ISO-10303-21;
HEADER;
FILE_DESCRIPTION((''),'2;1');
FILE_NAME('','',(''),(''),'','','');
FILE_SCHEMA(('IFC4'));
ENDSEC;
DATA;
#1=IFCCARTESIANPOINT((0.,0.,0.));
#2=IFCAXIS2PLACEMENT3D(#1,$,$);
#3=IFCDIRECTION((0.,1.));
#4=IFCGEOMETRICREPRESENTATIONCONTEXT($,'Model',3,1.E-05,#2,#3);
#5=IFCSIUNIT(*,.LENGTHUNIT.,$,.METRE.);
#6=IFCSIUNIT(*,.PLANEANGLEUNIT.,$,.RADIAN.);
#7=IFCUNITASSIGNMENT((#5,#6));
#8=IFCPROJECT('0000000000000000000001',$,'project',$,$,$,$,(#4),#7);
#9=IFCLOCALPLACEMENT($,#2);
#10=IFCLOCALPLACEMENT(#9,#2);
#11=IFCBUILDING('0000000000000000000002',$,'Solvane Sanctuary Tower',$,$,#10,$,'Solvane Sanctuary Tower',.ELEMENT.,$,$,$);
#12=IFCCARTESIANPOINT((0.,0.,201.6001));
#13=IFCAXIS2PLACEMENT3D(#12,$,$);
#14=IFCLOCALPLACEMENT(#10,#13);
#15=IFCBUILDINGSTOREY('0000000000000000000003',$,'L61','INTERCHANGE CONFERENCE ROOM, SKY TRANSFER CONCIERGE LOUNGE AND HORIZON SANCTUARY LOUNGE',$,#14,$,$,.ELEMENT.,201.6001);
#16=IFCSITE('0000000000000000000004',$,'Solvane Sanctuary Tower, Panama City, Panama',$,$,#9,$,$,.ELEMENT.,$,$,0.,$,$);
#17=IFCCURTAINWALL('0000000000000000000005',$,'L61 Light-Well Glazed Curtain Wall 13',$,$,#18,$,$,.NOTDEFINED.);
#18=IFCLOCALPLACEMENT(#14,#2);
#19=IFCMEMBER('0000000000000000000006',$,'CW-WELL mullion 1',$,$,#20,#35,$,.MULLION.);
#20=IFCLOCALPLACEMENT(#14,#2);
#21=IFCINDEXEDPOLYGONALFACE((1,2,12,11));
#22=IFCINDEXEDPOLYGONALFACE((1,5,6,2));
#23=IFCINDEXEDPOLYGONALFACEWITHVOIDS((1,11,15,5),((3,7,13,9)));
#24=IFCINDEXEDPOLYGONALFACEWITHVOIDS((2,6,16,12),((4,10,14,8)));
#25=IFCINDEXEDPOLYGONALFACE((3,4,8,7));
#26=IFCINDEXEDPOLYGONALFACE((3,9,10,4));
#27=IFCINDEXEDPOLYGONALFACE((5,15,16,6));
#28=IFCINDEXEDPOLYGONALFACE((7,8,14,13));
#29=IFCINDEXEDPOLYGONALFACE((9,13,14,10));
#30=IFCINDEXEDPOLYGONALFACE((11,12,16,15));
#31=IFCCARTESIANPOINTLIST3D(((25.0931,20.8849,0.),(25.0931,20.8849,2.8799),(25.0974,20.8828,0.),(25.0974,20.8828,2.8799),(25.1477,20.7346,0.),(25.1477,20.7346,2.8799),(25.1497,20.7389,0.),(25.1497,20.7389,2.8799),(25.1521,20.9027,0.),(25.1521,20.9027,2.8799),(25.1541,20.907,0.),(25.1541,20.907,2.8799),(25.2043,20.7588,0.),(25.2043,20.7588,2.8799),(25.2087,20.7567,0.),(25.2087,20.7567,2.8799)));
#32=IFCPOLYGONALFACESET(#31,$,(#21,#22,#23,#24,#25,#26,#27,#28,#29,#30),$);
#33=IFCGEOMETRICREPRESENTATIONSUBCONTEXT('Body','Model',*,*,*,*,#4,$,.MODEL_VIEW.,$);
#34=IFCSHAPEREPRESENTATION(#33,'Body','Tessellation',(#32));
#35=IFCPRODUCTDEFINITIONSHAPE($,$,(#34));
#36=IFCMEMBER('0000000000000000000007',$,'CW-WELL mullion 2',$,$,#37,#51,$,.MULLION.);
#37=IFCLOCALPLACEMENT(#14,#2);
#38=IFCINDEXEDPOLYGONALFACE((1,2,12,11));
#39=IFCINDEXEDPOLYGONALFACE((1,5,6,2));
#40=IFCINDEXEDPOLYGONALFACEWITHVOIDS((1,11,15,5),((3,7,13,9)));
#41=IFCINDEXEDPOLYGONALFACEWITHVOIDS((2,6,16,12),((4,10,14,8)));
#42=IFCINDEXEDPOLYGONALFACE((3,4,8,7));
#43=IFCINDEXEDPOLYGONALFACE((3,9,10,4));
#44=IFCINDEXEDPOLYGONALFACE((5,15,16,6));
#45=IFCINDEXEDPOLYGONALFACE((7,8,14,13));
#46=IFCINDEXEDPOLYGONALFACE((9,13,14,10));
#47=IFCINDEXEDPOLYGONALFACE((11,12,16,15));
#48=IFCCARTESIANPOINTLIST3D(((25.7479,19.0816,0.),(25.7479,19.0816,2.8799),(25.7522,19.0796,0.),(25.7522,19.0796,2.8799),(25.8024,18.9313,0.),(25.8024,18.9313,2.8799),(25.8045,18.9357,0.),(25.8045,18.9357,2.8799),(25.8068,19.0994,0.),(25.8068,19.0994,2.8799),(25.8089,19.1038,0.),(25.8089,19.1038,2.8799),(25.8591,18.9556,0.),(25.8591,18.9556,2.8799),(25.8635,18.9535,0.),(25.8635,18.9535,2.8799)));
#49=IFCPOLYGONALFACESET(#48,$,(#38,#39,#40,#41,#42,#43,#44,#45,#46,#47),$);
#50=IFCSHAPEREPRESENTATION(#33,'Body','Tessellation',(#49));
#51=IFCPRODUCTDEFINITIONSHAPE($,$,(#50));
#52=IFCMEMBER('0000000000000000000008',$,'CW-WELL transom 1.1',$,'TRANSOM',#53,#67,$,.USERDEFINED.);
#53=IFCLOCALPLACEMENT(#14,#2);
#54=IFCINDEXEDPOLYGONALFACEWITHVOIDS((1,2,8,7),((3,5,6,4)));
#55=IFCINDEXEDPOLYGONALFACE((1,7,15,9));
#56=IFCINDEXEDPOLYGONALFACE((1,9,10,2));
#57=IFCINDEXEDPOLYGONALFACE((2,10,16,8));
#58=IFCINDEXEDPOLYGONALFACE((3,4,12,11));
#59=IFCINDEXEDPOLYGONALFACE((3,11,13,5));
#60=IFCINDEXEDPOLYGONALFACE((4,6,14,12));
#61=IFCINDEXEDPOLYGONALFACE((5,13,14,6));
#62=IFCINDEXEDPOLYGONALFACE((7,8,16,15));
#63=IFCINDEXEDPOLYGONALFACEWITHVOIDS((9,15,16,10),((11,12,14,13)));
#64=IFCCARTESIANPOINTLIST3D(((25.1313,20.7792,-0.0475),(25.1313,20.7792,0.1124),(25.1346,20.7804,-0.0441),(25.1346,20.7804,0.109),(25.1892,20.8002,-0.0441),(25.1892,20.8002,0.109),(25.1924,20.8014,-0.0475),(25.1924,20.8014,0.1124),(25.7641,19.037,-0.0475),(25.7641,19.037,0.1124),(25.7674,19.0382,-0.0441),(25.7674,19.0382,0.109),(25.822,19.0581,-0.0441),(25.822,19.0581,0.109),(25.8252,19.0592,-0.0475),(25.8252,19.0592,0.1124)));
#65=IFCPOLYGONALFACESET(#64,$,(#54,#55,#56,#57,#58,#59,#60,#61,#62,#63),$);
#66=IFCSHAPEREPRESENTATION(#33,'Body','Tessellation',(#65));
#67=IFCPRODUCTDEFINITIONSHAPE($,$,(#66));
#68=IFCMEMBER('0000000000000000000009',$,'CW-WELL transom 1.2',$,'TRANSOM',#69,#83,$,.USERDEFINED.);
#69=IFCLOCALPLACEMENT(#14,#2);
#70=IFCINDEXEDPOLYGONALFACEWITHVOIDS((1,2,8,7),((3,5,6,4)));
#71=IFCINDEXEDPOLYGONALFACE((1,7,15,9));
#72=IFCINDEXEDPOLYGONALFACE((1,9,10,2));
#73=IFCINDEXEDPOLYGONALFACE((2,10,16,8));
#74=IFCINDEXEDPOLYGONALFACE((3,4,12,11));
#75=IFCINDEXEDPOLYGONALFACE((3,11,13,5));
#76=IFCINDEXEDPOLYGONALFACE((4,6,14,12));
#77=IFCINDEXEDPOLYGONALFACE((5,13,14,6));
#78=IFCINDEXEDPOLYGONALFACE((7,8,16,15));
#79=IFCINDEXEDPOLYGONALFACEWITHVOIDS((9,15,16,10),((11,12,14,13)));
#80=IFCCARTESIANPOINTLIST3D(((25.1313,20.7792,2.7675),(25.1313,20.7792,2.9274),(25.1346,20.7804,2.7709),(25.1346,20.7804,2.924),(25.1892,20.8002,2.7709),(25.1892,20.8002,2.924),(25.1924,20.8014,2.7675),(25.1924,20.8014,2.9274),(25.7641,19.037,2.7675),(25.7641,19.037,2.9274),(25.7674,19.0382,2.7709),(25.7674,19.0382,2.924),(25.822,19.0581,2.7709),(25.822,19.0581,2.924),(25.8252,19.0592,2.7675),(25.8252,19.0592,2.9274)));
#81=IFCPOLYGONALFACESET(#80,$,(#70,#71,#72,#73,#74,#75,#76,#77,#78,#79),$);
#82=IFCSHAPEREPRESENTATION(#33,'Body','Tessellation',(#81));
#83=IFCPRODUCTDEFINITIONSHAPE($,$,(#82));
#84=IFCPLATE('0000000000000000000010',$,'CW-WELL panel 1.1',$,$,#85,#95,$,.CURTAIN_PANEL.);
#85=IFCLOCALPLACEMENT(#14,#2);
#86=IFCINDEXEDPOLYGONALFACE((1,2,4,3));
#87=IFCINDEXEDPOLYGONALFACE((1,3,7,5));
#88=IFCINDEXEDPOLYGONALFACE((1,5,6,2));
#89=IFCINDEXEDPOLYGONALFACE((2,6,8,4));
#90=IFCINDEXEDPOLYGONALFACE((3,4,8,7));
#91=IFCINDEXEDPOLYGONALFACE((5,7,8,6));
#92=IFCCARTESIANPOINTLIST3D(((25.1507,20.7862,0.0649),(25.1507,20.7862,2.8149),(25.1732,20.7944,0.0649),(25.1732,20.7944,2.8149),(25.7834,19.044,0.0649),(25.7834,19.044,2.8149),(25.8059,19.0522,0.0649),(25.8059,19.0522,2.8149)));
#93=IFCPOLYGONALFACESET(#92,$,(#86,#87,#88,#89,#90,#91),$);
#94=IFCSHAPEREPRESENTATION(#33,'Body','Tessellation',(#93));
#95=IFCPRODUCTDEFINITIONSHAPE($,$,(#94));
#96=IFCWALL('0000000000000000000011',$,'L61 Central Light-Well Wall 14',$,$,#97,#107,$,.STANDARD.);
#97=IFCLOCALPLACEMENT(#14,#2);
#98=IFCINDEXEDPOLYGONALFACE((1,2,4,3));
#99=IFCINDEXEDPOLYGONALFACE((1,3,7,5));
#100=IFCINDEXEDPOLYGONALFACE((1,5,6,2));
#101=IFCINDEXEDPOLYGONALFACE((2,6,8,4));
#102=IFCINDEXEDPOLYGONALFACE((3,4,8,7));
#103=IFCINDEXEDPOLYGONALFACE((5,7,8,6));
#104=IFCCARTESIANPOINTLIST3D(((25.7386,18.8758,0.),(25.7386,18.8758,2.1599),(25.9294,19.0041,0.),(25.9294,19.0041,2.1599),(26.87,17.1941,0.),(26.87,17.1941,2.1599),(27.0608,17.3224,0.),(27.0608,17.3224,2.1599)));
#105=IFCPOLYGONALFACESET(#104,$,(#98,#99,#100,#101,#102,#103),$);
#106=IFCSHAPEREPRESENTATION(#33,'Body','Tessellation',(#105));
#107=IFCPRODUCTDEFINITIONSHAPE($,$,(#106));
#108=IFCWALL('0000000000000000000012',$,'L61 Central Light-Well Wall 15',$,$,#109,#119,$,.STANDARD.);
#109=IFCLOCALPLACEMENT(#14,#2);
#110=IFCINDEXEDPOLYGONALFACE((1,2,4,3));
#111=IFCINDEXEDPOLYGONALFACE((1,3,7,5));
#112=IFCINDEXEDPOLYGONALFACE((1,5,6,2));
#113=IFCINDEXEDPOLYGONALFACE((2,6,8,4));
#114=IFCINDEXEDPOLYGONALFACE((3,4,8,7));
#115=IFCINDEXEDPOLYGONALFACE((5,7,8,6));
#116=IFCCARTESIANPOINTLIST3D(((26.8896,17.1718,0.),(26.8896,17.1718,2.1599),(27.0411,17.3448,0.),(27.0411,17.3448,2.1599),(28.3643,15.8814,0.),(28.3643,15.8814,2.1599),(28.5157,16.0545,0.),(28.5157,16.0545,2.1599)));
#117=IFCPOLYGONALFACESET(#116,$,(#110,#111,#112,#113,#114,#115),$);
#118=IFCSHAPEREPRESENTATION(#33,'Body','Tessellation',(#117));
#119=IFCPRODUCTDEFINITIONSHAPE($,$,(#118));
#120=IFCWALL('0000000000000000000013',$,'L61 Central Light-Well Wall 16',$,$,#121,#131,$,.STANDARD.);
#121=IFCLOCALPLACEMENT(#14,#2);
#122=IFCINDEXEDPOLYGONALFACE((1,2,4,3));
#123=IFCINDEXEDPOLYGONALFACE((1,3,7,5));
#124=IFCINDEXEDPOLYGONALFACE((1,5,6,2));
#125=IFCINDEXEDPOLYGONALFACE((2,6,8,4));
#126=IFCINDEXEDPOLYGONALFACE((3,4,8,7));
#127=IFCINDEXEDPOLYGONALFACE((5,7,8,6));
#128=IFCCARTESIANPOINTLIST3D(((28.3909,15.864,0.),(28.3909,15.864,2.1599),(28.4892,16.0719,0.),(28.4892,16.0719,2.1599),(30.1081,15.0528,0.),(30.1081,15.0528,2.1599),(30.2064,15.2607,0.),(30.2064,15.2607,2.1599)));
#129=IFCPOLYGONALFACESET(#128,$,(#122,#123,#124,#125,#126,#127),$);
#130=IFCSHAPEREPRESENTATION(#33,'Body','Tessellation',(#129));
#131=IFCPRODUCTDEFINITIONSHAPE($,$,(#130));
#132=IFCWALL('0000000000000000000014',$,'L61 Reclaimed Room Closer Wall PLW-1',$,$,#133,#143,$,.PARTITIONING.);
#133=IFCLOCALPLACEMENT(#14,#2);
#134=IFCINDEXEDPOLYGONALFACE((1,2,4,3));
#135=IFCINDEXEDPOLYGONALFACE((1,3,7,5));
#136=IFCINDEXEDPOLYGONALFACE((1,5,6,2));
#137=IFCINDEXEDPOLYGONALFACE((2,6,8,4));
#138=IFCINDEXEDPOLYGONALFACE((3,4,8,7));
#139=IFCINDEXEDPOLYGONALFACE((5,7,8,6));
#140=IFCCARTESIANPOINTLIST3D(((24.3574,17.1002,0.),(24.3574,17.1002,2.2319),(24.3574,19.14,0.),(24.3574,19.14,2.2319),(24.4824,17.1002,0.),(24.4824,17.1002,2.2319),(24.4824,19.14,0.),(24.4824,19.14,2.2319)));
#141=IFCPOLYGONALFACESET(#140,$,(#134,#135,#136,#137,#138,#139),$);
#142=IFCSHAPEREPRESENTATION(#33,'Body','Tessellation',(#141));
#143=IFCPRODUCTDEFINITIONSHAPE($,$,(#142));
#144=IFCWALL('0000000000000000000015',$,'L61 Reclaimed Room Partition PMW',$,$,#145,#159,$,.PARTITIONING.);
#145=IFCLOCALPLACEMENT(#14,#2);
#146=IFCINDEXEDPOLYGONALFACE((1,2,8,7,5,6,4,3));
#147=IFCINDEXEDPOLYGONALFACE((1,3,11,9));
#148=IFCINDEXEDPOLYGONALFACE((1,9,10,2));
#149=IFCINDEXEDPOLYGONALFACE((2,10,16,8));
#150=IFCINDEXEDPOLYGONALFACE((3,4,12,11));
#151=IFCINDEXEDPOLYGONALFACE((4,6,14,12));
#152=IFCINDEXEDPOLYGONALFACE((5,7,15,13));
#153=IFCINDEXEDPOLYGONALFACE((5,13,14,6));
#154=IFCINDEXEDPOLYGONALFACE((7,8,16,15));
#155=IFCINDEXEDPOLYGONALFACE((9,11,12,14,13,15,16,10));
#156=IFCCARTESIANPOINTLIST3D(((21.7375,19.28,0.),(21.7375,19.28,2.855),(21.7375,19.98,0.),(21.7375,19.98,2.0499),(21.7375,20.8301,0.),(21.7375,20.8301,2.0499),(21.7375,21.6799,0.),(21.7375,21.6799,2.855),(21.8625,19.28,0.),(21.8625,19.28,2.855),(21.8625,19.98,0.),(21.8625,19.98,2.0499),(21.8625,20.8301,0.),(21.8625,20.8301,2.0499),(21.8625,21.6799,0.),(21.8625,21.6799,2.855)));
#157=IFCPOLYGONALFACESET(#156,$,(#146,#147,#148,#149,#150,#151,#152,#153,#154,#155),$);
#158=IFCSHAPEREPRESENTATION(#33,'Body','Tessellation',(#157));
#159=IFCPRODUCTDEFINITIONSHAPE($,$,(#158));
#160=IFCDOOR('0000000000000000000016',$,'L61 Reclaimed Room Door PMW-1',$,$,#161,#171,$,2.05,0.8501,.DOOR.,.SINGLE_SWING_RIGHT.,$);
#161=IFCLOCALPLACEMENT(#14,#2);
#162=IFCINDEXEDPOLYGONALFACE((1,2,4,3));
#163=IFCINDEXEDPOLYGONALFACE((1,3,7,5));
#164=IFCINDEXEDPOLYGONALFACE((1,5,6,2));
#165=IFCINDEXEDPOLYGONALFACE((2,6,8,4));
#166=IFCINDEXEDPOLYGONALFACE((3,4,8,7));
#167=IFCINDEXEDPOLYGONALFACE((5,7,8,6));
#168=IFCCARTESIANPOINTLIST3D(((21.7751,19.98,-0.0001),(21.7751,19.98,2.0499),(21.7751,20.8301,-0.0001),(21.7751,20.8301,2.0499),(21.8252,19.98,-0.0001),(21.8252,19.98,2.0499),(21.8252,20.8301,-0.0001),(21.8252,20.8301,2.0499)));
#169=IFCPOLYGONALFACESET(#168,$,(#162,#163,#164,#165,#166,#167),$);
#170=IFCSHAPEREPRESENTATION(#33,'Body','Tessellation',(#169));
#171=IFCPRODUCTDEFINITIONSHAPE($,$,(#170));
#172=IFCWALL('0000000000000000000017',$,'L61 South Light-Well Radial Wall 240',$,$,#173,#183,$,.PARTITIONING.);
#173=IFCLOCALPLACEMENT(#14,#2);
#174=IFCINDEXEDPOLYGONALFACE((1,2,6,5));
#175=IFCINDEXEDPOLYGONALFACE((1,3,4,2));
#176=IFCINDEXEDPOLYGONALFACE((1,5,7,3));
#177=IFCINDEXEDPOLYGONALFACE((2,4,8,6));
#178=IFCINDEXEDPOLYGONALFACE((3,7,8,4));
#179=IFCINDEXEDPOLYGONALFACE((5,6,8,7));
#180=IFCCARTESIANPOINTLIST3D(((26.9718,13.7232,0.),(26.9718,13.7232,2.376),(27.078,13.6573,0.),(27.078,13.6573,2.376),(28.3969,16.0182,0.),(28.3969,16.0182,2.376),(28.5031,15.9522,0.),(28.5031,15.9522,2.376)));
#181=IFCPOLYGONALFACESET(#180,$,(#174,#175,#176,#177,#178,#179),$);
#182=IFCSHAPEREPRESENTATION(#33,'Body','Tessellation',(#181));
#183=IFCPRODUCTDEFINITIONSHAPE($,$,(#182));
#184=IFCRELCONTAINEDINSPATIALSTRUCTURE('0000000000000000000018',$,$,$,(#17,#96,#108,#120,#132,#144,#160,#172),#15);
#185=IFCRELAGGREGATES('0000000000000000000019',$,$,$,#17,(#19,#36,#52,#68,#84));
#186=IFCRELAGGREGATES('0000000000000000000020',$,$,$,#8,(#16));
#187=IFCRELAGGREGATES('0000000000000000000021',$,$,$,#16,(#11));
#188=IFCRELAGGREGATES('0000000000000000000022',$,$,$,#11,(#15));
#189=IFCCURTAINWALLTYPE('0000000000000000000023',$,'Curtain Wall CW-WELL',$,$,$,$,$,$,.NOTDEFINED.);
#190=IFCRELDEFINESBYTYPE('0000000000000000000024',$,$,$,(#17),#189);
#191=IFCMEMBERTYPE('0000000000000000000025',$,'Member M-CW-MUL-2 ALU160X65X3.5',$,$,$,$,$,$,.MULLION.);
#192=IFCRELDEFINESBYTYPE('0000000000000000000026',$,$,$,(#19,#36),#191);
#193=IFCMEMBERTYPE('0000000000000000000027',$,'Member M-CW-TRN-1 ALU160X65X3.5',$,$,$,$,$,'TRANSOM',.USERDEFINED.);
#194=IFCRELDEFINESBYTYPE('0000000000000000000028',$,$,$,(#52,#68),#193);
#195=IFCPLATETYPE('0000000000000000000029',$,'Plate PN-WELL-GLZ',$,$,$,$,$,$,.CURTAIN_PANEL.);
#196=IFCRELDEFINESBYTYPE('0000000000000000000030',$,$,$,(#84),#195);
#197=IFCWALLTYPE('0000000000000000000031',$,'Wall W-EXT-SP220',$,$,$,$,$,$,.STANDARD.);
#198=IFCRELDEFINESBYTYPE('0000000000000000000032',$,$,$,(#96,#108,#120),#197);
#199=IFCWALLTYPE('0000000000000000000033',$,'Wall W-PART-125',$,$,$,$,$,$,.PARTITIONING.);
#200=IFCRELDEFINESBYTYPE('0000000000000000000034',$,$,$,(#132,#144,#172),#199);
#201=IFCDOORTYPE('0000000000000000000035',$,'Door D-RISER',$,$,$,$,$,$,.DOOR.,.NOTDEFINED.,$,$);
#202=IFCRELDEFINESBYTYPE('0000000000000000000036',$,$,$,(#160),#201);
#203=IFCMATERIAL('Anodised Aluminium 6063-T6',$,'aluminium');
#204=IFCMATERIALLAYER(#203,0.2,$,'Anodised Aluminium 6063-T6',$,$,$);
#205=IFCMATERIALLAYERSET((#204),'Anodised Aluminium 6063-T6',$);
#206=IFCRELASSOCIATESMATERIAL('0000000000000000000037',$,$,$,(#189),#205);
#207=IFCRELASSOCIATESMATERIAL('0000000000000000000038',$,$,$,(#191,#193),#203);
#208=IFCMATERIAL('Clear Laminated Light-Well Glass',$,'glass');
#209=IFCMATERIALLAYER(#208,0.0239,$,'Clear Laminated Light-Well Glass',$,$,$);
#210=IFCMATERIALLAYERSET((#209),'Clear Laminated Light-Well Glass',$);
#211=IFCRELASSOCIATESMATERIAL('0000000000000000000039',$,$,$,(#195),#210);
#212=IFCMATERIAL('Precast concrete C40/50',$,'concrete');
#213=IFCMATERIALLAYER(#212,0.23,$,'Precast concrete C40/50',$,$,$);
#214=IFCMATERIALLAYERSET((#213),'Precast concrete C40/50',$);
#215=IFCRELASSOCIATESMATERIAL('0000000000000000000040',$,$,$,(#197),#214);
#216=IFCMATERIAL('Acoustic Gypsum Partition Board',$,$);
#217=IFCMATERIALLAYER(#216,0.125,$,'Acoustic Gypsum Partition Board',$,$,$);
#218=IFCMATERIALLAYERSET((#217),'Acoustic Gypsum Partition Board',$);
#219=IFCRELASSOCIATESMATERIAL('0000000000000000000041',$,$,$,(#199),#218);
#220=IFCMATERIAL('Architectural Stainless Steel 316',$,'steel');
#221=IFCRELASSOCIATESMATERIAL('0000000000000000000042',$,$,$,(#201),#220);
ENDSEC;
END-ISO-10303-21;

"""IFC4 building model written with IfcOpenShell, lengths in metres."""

from ifc_helpers import new_model, si_unit, direction, frame, frame_2d, origin, origin_2d, place, context, subcontext, project, spatial, rectangle, hollow_rectangle, extrude, material, layer, layer_set, material_profile, profile_set, type_object, element, fill, aggregate, save


model = new_model("IFC4")

# Units and contexts
model_context = context("Model", 3, precision=1e-05, world=origin(), true_north=direction((0.0, 1.0)))
body_context = subcontext(model_context, "Body", "Model", "MODEL_VIEW")
ifc_project = project(units=[si_unit("LENGTHUNIT", "METRE"), si_unit("PLANEANGLEUNIT", "RADIAN")], contexts=[model_context])

# Site, building, storey
site_placement = place(None, origin())
site = spatial("IfcSite", under=ifc_project, at=site_placement, Name="Solvane Sanctuary Tower, Panama City, Panama", CompositionType="ELEMENT", RefElevation=0.0)
building_placement = place(site_placement, origin())
building = spatial("IfcBuilding", under=site, at=building_placement, Name="Solvane Sanctuary Tower", LongName="Solvane Sanctuary Tower", CompositionType="ELEMENT")
storey_placement = place(building_placement, frame((0.0, 0.0, 201.6001)))
storey = spatial("IfcBuildingStorey", under=building, at=storey_placement, Name="L61", Description="INTERCHANGE CONFERENCE ROOM, SKY TRANSFER CONCIERGE LOUNGE AND HORIZON SANCTUARY LOUNGE", CompositionType="ELEMENT", Elevation=201.6001)

# Curtain wall, members, plate
ifc_material_1 = material(Name="Anodised Aluminium 6063-T6", Category="aluminium")
ifc_layer_1 = layer(ifc_material_1, 0.2, Name="Anodised Aluminium 6063-T6")
ifc_layer_set_1 = layer_set([ifc_layer_1], Name="Anodised Aluminium 6063-T6")
curtain_wall_type = type_object("IfcCurtainWallType", Name="Curtain Wall CW-WELL", PredefinedType="NOTDEFINED", material=ifc_layer_set_1)
curtain_wall_placement = place(storey_placement, origin())
curtain_wall = element("IfcCurtainWall", 1, at=curtain_wall_placement, inside=storey, type_object=curtain_wall_type, Name="L61 Light-Well Glazed Curtain Wall 13", PredefinedType="NOTDEFINED")
ifc_material_profile_1 = material_profile(ifc_material_1, hollow_rectangle(XDim=0.0649, YDim=0.1599, WallThickness=0.0034, at=origin_2d()), Name="ALU160X65X3.5")
ifc_profile_set_1 = profile_set([ifc_material_profile_1], Name="Anodised Aluminium 6063-T6")
member_type_1 = type_object("IfcMemberType", Name="Member M-CW-MUL-2 ALU160X65X3.5", PredefinedType="MULLION", material=ifc_profile_set_1)
member_1_placement = place(storey_placement, frame((25.1509, 20.8208, 0.0), z_axis=(0.0, 0.0, 1.0), x_axis=(0.939933, 0.341358, 0.0)))
member_1 = element("IfcMember", 2, at=member_1_placement, type_object=member_type_1, Name="CW-WELL mullion 1", PredefinedType="MULLION", context=body_context, shape_type="SweptSolid", body=[
    extrude(hollow_rectangle(XDim=0.0649, YDim=0.1599, WallThickness=0.0034, at=origin_2d()), origin(), (0.0, 0.0, 1.0), 2.8799),
])
member_2_placement = place(storey_placement, frame((25.8057, 19.0176, 0.0), z_axis=(0.0, 0.0, 1.0), x_axis=(0.939933, 0.341358, 0.0)))
member_2 = element("IfcMember", 3, at=member_2_placement, type_object=member_type_1, Name="CW-WELL mullion 2", PredefinedType="MULLION", context=body_context, shape_type="SweptSolid", body=[
    extrude(hollow_rectangle(XDim=0.0649, YDim=0.1599, WallThickness=0.0034, at=origin_2d()), origin(), (0.0, 0.0, 1.0), 2.8799),
])
ifc_material_profile_2 = material_profile(ifc_material_1, hollow_rectangle(XDim=0.0649, YDim=0.1599, WallThickness=0.0034, at=origin_2d()), Name="ALU160X65X3.5")
ifc_profile_set_2 = profile_set([ifc_material_profile_2], Name="Anodised Aluminium 6063-T6")
member_type_2 = type_object("IfcMemberType", Name="Member M-CW-TRN-1 ALU160X65X3.5", ElementType="TRANSOM", PredefinedType="USERDEFINED", material=ifc_profile_set_2)
member_3_placement = place(storey_placement, frame((25.1619, 20.7903, 0.0325), z_axis=(0.341405, -0.939916, 0.0), x_axis=(0.939916, 0.341405, 0.0)))
member_3 = element("IfcMember", 4, at=member_3_placement, type_object=member_type_2, Name="CW-WELL transom 1.1", ObjectType="TRANSOM", PredefinedType="USERDEFINED", context=body_context, shape_type="SweptSolid", body=[
    extrude(hollow_rectangle(XDim=0.0649, YDim=0.1599, WallThickness=0.0034, at=origin_2d()), origin(), (0.0, 0.0, 1.0), 1.8535),
])
member_4_placement = place(storey_placement, frame((25.1619, 20.7903, 2.8474), z_axis=(0.341405, -0.939916, 0.0), x_axis=(0.939916, 0.341405, 0.0)))
member_4 = element("IfcMember", 5, at=member_4_placement, type_object=member_type_2, Name="CW-WELL transom 1.2", ObjectType="TRANSOM", PredefinedType="USERDEFINED", context=body_context, shape_type="SweptSolid", body=[
    extrude(hollow_rectangle(XDim=0.0649, YDim=0.1599, WallThickness=0.0034, at=origin_2d()), origin(), (0.0, 0.0, 1.0), 1.8535),
])
ifc_material_2 = material(Name="Clear Laminated Light-Well Glass", Category="glass")
ifc_layer_2 = layer(ifc_material_2, 0.0239, Name="Clear Laminated Light-Well Glass")
ifc_layer_set_2 = layer_set([ifc_layer_2], Name="Clear Laminated Light-Well Glass")
plate_type = type_object("IfcPlateType", Name="Plate PN-WELL-GLZ", PredefinedType="CURTAIN_PANEL", material=ifc_layer_set_2)
plate_placement = place(storey_placement, frame((25.4783, 19.9192, 0.0649), z_axis=(0.0, 0.0, 1.0), x_axis=(0.341358, -0.939933, 0.0)))
plate = element("IfcPlate", 6, at=plate_placement, type_object=plate_type, Name="CW-WELL panel 1.1", PredefinedType="CURTAIN_PANEL", context=body_context, shape_type="SweptSolid", body=[
    extrude(rectangle(XDim=1.8535, YDim=0.0239, at=origin_2d()), origin(), (0.0, 0.0, 1.0), 2.75),
])
aggregate(curtain_wall, [member_1, member_2, member_3, member_4, plate])

# Walls
ifc_material_3 = material(Name="Precast concrete C40/50", Category="concrete")
ifc_layer_3 = layer(ifc_material_3, 0.23, Name="Precast concrete C40/50")
ifc_layer_set_3 = layer_set([ifc_layer_3], Name="Precast concrete C40/50")
wall_type_1 = type_object("IfcWallType", Name="Wall W-EXT-SP220", PredefinedType="STANDARD", material=ifc_layer_set_3)
wall_1_placement = place(storey_placement, frame((25.834, 18.9399, 0.0), z_axis=(0.0, 0.0, 1.0), x_axis=(0.558198, -0.829708, 0.0)))
element("IfcWall", 7, at=wall_1_placement, inside=storey, type_object=wall_type_1, Name="L61 Central Light-Well Wall 14", PredefinedType="STANDARD", context=body_context, shape_type="SweptSolid", body=[
    extrude(rectangle(XDim=2.0269, YDim=0.23, at=frame_2d((1.0134, 0.0))), origin(), (0.0, 0.0, 1.0), 2.1599),
])
wall_2_placement = place(storey_placement, frame((26.9653, 17.2583, 0.0), z_axis=(0.0, 0.0, 1.0), x_axis=(0.752577, -0.658505, 0.0)))
element("IfcWall", 8, at=wall_2_placement, inside=storey, type_object=wall_type_1, Name="L61 Central Light-Well Wall 15", PredefinedType="STANDARD", context=body_context, shape_type="SweptSolid", body=[
    extrude(rectangle(XDim=1.9595, YDim=0.23, at=frame_2d((0.9797, 0.0))), origin(), (0.0, 0.0, 1.0), 2.1599),
])
wall_3_placement = place(storey_placement, frame((28.4399, 15.968, 0.0), z_axis=(0.0, 0.0, 1.0), x_axis=(0.90418, -0.427152, 0.0)))
element("IfcWall", 9, at=wall_3_placement, inside=storey, type_object=wall_type_1, Name="L61 Central Light-Well Wall 16", PredefinedType="STANDARD", context=body_context, shape_type="SweptSolid", body=[
    extrude(rectangle(XDim=1.8992, YDim=0.23, at=frame_2d((0.9497, 0.0))), origin(), (0.0, 0.0, 1.0), 2.1599),
])
ifc_material_4 = material(Name="Acoustic Gypsum Partition Board")
ifc_layer_4 = layer(ifc_material_4, 0.125, Name="Acoustic Gypsum Partition Board")
ifc_layer_set_4 = layer_set([ifc_layer_4], Name="Acoustic Gypsum Partition Board")
wall_type_2 = type_object("IfcWallType", Name="Wall W-PART-125", PredefinedType="PARTITIONING", material=ifc_layer_set_4)
wall_4_placement = place(storey_placement, frame((24.4199, 17.1001, 0.0), z_axis=(0.0, 0.0, 1.0), x_axis=(0.0, 1.0, 0.0)))
element("IfcWall", 10, at=wall_4_placement, inside=storey, type_object=wall_type_2, Name="L61 Reclaimed Room Closer Wall PLW-1", PredefinedType="PARTITIONING", context=body_context, shape_type="SweptSolid", body=[
    extrude(rectangle(XDim=2.0398, YDim=0.125, at=frame_2d((1.02, 0.0))), origin(), (0.0, 0.0, 1.0), 2.2319),
])

# Wall, opening, door
wall_5_placement = place(storey_placement, frame((21.8, 19.28, 0.0), z_axis=(0.0, 0.0, 1.0), x_axis=(0.0, 1.0, 0.0)))
wall_5 = element("IfcWall", 11, at=wall_5_placement, inside=storey, type_object=wall_type_2, Name="L61 Reclaimed Room Partition PMW", PredefinedType="PARTITIONING", context=body_context, shape_type="SweptSolid", body=[
    extrude(rectangle(XDim=2.3999, YDim=0.125, at=frame_2d((1.2, 0.0))), origin(), (0.0, 0.0, 1.0), 2.855),
])
opening_1_placement = place(wall_5_placement, frame((0.7, 0.0, 0.0)))
opening_1 = element("IfcOpeningElement", 12, at=opening_1_placement, cuts=wall_5, PredefinedType="OPENING", context=body_context, shape_type="SweptSolid", body=[
    extrude(rectangle(XDim=0.8501, YDim=2.05, at=frame_2d((0.425, 1.0249))), frame((0.0, 0.0725, 0.0), z_axis=(0.0, -1.0, 0.0), x_axis=(1.0, 0.0, 0.0)), (0.0, 0.0, 1.0), 0.145),
])
ifc_material_5 = material(Name="Architectural Stainless Steel 316", Category="steel")
door_type_1 = type_object("IfcDoorType", Name="Door D-RISER", OperationType="NOTDEFINED", PredefinedType="DOOR", material=ifc_material_5)
door_1_placement = place(opening_1_placement, origin())
door_1 = element("IfcDoor", 13, at=door_1_placement, inside=storey, type_object=door_type_1, Name="L61 Reclaimed Room Door PMW-1", OperationType="SINGLE_SWING_RIGHT", OverallHeight=2.05, OverallWidth=0.8501, PredefinedType="DOOR", context=body_context, shape_type="SweptSolid", body=[
    extrude(rectangle(XDim=0.8501, YDim=2.05, at=frame_2d((0.425, 1.0249))), frame((0.0, 0.0249, 0.0), z_axis=(0.0, -1.0, 0.0), x_axis=(1.0, 0.0, 0.0)), (0.0, 0.0, 1.0), 0.05),
])
fill(opening_1, door_1)

# Wall
wall_6_placement = place(storey_placement, frame((28.45, 15.9851, 0.0), z_axis=(0.0, 0.0, 1.0), x_axis=(-0.527527, -0.849538, 0.0)))
element("IfcWall", 14, at=wall_6_placement, inside=storey, type_object=wall_type_2, Name="L61 South Light-Well Radial Wall 240", PredefinedType="PARTITIONING", context=body_context, shape_type="SweptSolid", body=[
    extrude(rectangle(XDim=2.7014, YDim=0.125, at=frame_2d((1.3506, 0.0))), origin(), (0.0, 0.0, 1.0), 2.376),
])

save(model, "model.ifc")
